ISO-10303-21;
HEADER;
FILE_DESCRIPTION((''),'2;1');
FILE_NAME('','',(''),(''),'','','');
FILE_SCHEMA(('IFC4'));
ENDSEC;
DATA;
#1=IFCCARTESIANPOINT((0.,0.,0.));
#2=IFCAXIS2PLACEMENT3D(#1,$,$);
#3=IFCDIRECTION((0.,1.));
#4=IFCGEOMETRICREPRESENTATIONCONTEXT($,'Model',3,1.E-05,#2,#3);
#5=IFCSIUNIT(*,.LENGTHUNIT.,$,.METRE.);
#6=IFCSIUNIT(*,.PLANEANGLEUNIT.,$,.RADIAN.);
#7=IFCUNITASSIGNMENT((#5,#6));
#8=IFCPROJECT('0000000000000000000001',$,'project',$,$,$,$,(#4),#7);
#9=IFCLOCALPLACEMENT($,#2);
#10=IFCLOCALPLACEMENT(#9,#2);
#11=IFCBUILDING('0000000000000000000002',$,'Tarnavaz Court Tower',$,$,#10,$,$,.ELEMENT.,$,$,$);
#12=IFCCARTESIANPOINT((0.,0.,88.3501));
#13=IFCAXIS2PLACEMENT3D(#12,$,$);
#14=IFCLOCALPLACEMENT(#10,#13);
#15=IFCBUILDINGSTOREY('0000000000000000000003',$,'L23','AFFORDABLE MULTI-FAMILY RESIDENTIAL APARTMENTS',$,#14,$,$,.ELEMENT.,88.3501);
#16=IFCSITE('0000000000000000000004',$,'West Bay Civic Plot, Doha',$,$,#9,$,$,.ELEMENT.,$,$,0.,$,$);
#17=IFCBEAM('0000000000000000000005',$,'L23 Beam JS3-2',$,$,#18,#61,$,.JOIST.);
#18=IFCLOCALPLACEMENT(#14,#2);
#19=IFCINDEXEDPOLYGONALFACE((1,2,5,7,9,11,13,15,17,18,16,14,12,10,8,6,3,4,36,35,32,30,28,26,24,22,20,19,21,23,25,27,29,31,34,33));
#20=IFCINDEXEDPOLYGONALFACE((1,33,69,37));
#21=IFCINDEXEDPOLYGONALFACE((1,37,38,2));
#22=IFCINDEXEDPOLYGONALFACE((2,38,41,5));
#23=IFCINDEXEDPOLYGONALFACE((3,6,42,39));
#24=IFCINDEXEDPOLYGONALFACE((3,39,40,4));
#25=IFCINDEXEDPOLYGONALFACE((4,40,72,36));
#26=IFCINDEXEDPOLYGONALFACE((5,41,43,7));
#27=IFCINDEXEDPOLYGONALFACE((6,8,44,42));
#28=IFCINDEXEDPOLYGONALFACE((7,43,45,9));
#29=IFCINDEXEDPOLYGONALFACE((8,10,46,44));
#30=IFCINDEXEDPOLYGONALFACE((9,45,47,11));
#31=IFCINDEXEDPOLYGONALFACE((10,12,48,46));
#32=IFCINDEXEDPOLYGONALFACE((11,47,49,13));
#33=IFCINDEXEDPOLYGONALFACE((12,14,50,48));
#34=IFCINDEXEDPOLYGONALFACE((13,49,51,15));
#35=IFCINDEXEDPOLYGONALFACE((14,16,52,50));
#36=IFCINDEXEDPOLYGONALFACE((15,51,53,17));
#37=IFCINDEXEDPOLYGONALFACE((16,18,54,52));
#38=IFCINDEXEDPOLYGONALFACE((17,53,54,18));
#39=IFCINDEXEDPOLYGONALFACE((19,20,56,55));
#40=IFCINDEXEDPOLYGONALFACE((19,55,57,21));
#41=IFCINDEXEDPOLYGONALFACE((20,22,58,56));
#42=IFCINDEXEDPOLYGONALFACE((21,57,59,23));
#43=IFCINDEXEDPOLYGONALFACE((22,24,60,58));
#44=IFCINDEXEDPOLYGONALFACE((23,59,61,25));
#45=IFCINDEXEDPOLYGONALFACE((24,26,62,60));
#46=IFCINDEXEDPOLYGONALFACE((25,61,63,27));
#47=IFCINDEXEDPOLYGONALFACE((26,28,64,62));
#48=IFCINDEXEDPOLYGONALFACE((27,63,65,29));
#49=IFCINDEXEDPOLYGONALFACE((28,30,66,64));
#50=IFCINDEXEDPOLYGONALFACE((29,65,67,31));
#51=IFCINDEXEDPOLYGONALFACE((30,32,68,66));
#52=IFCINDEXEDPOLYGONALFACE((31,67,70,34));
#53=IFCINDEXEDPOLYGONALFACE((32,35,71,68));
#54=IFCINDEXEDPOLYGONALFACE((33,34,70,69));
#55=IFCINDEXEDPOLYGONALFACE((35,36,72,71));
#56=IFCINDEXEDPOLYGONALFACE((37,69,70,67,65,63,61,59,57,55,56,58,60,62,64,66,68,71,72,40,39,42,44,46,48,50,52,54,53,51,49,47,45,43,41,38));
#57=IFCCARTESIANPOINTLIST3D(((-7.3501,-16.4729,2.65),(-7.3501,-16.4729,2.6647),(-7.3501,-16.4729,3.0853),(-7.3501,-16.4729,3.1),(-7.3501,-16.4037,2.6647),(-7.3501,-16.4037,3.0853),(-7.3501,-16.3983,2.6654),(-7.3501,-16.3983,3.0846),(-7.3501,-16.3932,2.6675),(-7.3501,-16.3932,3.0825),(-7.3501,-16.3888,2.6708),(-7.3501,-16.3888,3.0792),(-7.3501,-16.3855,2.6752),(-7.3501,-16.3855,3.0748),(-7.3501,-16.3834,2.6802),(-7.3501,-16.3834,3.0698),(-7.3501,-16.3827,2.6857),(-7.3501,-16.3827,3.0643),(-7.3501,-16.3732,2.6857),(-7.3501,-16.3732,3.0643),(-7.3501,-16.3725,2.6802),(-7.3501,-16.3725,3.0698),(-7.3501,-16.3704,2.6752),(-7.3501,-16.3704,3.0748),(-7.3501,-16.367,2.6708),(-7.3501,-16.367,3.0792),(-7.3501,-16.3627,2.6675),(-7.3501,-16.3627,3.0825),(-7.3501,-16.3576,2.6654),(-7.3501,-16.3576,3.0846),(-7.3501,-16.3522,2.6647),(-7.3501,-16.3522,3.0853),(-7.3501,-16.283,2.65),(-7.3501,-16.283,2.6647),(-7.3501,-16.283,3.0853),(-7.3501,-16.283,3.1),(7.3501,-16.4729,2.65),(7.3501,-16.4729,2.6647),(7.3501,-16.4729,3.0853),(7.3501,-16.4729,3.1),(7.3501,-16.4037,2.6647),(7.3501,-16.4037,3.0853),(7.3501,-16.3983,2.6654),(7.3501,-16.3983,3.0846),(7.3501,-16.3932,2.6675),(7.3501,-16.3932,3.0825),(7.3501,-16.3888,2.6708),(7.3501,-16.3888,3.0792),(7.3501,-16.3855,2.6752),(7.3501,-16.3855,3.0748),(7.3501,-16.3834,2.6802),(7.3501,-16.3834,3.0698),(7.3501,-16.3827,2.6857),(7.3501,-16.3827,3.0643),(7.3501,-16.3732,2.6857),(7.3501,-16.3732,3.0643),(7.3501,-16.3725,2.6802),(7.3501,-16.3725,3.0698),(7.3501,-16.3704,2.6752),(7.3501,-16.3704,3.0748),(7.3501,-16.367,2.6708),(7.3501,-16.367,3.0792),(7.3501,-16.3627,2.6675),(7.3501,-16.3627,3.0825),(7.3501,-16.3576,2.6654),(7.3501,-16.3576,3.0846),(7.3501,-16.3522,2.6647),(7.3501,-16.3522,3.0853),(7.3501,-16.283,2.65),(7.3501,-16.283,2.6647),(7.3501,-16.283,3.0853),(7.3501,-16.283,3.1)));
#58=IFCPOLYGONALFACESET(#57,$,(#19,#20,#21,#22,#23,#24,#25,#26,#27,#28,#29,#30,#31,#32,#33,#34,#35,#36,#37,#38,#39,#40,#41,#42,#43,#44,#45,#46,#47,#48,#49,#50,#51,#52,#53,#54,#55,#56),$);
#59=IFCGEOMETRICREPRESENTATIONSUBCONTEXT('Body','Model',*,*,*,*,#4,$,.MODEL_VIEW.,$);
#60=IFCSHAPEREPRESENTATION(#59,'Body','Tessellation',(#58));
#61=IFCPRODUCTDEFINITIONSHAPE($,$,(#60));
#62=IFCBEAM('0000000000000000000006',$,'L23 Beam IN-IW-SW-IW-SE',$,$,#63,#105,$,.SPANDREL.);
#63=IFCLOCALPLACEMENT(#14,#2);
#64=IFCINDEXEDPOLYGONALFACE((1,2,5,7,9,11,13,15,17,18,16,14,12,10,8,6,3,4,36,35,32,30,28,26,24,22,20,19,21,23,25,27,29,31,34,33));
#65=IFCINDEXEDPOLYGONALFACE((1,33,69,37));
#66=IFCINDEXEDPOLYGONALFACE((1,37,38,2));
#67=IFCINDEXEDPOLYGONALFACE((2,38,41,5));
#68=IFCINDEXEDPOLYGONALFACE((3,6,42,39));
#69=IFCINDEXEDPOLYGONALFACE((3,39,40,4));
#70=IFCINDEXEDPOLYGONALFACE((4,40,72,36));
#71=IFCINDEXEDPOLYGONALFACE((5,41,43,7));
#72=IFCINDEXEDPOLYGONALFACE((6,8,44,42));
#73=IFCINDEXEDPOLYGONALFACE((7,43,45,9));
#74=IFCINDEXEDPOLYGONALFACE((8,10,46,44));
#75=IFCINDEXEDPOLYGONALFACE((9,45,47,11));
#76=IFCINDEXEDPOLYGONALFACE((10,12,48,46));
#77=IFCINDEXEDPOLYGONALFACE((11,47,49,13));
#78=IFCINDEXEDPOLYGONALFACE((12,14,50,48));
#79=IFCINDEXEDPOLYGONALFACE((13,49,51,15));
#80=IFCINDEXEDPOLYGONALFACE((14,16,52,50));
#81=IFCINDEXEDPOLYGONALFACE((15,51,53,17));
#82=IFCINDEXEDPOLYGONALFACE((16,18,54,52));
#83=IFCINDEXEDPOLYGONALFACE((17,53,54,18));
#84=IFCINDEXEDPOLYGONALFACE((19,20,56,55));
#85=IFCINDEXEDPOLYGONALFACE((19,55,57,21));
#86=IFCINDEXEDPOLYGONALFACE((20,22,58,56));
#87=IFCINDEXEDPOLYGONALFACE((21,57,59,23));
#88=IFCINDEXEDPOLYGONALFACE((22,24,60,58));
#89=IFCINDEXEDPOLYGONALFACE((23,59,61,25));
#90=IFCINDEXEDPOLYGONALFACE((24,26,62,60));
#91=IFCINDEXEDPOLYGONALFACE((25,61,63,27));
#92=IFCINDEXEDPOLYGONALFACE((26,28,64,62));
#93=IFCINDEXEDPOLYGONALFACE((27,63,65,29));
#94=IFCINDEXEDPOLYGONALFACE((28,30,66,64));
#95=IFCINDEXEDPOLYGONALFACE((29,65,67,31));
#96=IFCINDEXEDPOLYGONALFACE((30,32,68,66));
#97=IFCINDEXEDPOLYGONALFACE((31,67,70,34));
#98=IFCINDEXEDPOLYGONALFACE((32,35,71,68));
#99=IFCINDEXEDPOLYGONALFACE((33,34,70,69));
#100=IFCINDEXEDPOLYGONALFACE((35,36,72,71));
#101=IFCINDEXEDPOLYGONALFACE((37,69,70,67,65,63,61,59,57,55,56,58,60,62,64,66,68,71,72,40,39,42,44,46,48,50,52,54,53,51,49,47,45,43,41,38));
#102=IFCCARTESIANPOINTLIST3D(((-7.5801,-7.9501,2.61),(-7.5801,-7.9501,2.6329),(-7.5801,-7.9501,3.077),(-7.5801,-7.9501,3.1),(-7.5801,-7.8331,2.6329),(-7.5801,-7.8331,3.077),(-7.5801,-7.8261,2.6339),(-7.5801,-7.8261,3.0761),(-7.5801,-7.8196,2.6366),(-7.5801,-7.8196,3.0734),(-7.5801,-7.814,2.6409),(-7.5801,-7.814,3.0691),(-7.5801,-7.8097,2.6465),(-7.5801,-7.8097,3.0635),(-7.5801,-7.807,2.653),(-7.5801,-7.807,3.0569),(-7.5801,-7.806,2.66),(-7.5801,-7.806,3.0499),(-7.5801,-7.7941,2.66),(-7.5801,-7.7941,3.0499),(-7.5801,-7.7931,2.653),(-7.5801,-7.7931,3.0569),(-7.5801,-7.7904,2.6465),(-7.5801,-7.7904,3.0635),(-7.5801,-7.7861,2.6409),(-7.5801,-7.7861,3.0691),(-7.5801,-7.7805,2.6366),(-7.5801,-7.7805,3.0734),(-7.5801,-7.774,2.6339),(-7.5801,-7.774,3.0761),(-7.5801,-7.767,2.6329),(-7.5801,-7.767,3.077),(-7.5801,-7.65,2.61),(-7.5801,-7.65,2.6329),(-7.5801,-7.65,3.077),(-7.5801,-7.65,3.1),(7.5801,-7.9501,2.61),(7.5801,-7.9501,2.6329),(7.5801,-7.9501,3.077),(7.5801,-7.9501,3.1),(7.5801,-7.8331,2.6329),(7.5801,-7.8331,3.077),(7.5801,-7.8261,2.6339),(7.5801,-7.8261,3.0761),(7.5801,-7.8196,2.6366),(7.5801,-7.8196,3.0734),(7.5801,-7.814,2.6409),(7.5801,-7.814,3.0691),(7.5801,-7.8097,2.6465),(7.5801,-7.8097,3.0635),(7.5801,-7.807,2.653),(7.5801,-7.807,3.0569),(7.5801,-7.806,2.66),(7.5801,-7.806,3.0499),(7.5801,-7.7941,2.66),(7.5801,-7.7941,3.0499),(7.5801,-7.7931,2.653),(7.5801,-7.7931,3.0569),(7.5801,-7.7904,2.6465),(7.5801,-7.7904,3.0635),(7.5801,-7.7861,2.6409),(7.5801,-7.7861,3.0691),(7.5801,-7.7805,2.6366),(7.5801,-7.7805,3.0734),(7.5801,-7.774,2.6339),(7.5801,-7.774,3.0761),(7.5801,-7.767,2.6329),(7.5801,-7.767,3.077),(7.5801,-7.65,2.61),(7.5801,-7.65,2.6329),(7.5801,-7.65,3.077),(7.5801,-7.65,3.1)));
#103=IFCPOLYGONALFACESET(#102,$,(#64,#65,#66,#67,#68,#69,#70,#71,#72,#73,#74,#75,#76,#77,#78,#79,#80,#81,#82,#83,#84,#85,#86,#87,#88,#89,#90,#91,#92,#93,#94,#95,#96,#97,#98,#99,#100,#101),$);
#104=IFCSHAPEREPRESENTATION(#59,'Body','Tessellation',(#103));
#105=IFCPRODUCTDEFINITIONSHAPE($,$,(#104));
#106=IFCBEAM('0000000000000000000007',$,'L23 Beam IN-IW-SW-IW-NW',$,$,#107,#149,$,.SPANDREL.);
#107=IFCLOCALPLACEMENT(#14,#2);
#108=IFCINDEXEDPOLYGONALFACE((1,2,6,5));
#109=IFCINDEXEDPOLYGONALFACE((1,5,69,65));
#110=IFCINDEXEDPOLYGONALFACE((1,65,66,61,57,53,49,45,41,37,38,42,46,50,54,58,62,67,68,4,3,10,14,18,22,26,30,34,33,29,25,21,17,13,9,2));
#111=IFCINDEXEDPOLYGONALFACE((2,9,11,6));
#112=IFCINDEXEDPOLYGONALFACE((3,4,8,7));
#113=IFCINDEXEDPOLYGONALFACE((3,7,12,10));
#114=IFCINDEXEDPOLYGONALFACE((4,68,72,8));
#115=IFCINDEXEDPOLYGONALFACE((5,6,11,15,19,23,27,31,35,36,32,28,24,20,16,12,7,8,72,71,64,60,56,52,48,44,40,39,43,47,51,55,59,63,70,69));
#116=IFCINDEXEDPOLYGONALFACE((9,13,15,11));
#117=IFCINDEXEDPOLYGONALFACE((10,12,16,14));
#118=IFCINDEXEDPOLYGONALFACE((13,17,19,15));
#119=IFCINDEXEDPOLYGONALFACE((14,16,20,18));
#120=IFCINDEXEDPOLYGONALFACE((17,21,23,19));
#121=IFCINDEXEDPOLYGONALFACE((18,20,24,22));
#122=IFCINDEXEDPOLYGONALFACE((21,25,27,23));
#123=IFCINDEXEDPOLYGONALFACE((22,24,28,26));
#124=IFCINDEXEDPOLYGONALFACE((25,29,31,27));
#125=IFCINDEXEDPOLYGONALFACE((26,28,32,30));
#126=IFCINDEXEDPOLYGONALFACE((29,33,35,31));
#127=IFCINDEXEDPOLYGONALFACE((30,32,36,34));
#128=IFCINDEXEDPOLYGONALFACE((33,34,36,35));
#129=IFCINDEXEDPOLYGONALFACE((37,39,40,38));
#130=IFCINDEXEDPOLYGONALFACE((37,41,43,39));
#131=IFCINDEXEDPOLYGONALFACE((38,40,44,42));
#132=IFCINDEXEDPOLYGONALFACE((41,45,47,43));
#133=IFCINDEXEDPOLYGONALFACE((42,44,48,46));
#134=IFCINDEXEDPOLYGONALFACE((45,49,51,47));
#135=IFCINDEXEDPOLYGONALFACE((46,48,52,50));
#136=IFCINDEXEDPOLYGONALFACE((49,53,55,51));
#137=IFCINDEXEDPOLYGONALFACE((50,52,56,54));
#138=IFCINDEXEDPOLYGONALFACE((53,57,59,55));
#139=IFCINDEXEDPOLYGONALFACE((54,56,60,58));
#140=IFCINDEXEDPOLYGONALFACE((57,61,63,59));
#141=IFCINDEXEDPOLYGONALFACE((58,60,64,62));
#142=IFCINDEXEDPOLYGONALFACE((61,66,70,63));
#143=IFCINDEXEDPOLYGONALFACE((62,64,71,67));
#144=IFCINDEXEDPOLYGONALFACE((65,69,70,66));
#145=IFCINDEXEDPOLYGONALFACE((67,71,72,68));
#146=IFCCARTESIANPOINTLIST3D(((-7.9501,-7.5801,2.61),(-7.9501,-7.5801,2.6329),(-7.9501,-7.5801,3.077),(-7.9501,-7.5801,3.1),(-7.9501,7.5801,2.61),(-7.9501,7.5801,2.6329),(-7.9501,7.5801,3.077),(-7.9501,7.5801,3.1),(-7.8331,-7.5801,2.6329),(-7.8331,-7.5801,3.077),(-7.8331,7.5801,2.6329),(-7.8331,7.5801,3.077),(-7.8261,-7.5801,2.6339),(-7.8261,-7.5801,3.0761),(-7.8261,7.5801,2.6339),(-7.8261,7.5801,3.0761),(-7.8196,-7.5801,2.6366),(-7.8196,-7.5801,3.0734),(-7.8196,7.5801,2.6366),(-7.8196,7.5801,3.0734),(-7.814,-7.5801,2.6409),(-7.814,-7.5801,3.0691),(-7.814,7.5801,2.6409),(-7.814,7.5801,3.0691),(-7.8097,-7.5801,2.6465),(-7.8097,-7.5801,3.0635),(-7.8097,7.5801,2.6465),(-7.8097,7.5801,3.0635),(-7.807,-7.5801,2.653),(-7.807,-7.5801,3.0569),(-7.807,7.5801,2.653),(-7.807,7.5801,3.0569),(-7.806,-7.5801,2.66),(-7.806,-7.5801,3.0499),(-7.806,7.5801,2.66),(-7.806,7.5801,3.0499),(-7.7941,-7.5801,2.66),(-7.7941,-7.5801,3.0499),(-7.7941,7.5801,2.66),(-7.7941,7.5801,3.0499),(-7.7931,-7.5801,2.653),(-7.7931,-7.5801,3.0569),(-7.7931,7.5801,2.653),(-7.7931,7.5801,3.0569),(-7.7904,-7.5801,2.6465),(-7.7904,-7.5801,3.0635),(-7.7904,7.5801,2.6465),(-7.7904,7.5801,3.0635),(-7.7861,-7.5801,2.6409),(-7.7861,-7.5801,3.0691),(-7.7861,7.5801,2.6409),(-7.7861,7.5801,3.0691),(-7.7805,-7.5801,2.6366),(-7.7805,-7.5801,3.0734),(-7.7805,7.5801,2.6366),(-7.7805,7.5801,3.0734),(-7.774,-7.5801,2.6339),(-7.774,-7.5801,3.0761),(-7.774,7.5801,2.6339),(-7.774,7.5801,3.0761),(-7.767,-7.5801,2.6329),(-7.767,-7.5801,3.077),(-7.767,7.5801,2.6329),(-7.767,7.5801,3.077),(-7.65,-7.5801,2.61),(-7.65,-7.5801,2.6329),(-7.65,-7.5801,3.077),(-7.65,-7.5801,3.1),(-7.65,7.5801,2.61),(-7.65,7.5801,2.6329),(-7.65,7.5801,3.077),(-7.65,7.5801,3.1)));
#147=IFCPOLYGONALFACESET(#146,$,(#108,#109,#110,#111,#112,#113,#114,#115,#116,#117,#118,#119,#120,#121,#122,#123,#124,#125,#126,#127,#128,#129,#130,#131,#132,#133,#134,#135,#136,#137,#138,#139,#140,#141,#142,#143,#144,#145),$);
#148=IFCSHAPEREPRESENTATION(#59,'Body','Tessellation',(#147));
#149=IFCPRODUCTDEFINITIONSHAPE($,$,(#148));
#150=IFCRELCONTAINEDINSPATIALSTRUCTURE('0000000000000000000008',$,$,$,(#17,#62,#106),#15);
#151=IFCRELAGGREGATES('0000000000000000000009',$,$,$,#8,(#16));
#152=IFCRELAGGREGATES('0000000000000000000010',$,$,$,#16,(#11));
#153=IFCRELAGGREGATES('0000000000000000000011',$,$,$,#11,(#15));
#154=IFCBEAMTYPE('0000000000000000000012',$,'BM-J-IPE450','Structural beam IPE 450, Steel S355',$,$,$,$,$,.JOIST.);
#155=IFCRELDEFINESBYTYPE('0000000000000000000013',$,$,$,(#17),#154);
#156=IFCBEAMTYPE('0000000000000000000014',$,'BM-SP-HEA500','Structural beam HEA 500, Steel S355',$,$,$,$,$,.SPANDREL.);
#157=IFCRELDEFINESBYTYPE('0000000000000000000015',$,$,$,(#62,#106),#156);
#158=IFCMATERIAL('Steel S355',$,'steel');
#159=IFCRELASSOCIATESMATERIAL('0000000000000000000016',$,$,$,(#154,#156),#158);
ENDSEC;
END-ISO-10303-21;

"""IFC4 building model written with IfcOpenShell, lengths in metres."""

from ifc_helpers import new_model, si_unit, direction, frame, origin, origin_2d, place, context, subcontext, project, spatial, i_section, extrude, material, material_profile, profile_set, type_object, element, save


model = new_model("IFC4")

# Units and contexts
model_context = context("Model", 3, precision=1e-05, world=origin(), true_north=direction((0.0, 1.0)))
body_context = subcontext(model_context, "Body", "Model", "MODEL_VIEW")
ifc_project = project(units=[si_unit("LENGTHUNIT", "METRE"), si_unit("PLANEANGLEUNIT", "RADIAN")], contexts=[model_context])

# Site, building, storey
site_placement = place(None, origin())
site = spatial("IfcSite", under=ifc_project, at=site_placement, Name="West Bay Civic Plot, Doha", CompositionType="ELEMENT", RefElevation=0.0)
building_placement = place(site_placement, origin())
building = spatial("IfcBuilding", under=site, at=building_placement, Name="Tarnavaz Court Tower", CompositionType="ELEMENT")
storey_placement = place(building_placement, frame((0.0, 0.0, 88.3501)))
storey = spatial("IfcBuildingStorey", under=building, at=storey_placement, Name="L23", Description="AFFORDABLE MULTI-FAMILY RESIDENTIAL APARTMENTS", CompositionType="ELEMENT", Elevation=88.3501)

# Beams
ifc_material_1 = material(Name="Steel S355", Category="steel")
ifc_material_profile_1 = material_profile(ifc_material_1, i_section(OverallWidth=0.1899, OverallDepth=0.45, WebThickness=0.0095, FlangeThickness=0.0146, FilletRadius=0.021, at=origin_2d()), Name="IPE 450")
ifc_profile_set_1 = profile_set([ifc_material_profile_1], Name="Steel S355")
beam_type_1 = type_object("IfcBeamType", Name="BM-J-IPE450", Description="Structural beam IPE 450, Steel S355", PredefinedType="JOIST", material=ifc_profile_set_1)
beam_1_placement = place(storey_placement, frame((-7.3501, -16.3779, 2.875), z_axis=(1.0, 0.0, 0.0), x_axis=(0.0, 1.0, 0.0)))
element("IfcBeam", 1, at=beam_1_placement, inside=storey, type_object=beam_type_1, Name="L23 Beam JS3-2", PredefinedType="JOIST", context=body_context, shape_type="SweptSolid", body=[
    extrude(i_section(OverallWidth=0.1899, OverallDepth=0.45, WebThickness=0.0095, FlangeThickness=0.0146, FilletRadius=0.021, at=origin_2d()), origin(), (0.0, 0.0, 1.0), 14.7002),
])
ifc_material_profile_2 = material_profile(ifc_material_1, i_section(OverallWidth=0.3, OverallDepth=0.49, WebThickness=0.012, FlangeThickness=0.0229, FilletRadius=0.0271, at=origin_2d()), Name="HEA 500")
ifc_profile_set_2 = profile_set([ifc_material_profile_2], Name="Steel S355")
beam_type_2 = type_object("IfcBeamType", Name="BM-SP-HEA500", Description="Structural beam HEA 500, Steel S355", PredefinedType="SPANDREL", material=ifc_profile_set_2)
for number, where, z_axis, x_axis, name in (
    (2, (-7.5801, -7.8, 2.855), (1.0, 0.0, 0.0), (0.0, 1.0, 0.0), "L23 Beam IN-IW-SW-IW-SE"),
    (3, (-7.8, -7.5801, 2.855), (0.0, 1.0, 0.0), (-1.0, 0.0, 0.0), "L23 Beam IN-IW-SW-IW-NW"),
):
    element("IfcBeam", number, at=place(storey_placement, frame(where, z_axis=z_axis, x_axis=x_axis)), inside=storey, type_object=beam_type_2, Name=name, PredefinedType="SPANDREL", context=body_context, shape_type="SweptSolid", body=[
        extrude(i_section(OverallWidth=0.3, OverallDepth=0.49, WebThickness=0.012, FlangeThickness=0.0229, FilletRadius=0.0271, at=origin_2d()), origin(), (0.0, 0.0, 1.0), 15.1602),
    ])

save(model, "model.ifc")
